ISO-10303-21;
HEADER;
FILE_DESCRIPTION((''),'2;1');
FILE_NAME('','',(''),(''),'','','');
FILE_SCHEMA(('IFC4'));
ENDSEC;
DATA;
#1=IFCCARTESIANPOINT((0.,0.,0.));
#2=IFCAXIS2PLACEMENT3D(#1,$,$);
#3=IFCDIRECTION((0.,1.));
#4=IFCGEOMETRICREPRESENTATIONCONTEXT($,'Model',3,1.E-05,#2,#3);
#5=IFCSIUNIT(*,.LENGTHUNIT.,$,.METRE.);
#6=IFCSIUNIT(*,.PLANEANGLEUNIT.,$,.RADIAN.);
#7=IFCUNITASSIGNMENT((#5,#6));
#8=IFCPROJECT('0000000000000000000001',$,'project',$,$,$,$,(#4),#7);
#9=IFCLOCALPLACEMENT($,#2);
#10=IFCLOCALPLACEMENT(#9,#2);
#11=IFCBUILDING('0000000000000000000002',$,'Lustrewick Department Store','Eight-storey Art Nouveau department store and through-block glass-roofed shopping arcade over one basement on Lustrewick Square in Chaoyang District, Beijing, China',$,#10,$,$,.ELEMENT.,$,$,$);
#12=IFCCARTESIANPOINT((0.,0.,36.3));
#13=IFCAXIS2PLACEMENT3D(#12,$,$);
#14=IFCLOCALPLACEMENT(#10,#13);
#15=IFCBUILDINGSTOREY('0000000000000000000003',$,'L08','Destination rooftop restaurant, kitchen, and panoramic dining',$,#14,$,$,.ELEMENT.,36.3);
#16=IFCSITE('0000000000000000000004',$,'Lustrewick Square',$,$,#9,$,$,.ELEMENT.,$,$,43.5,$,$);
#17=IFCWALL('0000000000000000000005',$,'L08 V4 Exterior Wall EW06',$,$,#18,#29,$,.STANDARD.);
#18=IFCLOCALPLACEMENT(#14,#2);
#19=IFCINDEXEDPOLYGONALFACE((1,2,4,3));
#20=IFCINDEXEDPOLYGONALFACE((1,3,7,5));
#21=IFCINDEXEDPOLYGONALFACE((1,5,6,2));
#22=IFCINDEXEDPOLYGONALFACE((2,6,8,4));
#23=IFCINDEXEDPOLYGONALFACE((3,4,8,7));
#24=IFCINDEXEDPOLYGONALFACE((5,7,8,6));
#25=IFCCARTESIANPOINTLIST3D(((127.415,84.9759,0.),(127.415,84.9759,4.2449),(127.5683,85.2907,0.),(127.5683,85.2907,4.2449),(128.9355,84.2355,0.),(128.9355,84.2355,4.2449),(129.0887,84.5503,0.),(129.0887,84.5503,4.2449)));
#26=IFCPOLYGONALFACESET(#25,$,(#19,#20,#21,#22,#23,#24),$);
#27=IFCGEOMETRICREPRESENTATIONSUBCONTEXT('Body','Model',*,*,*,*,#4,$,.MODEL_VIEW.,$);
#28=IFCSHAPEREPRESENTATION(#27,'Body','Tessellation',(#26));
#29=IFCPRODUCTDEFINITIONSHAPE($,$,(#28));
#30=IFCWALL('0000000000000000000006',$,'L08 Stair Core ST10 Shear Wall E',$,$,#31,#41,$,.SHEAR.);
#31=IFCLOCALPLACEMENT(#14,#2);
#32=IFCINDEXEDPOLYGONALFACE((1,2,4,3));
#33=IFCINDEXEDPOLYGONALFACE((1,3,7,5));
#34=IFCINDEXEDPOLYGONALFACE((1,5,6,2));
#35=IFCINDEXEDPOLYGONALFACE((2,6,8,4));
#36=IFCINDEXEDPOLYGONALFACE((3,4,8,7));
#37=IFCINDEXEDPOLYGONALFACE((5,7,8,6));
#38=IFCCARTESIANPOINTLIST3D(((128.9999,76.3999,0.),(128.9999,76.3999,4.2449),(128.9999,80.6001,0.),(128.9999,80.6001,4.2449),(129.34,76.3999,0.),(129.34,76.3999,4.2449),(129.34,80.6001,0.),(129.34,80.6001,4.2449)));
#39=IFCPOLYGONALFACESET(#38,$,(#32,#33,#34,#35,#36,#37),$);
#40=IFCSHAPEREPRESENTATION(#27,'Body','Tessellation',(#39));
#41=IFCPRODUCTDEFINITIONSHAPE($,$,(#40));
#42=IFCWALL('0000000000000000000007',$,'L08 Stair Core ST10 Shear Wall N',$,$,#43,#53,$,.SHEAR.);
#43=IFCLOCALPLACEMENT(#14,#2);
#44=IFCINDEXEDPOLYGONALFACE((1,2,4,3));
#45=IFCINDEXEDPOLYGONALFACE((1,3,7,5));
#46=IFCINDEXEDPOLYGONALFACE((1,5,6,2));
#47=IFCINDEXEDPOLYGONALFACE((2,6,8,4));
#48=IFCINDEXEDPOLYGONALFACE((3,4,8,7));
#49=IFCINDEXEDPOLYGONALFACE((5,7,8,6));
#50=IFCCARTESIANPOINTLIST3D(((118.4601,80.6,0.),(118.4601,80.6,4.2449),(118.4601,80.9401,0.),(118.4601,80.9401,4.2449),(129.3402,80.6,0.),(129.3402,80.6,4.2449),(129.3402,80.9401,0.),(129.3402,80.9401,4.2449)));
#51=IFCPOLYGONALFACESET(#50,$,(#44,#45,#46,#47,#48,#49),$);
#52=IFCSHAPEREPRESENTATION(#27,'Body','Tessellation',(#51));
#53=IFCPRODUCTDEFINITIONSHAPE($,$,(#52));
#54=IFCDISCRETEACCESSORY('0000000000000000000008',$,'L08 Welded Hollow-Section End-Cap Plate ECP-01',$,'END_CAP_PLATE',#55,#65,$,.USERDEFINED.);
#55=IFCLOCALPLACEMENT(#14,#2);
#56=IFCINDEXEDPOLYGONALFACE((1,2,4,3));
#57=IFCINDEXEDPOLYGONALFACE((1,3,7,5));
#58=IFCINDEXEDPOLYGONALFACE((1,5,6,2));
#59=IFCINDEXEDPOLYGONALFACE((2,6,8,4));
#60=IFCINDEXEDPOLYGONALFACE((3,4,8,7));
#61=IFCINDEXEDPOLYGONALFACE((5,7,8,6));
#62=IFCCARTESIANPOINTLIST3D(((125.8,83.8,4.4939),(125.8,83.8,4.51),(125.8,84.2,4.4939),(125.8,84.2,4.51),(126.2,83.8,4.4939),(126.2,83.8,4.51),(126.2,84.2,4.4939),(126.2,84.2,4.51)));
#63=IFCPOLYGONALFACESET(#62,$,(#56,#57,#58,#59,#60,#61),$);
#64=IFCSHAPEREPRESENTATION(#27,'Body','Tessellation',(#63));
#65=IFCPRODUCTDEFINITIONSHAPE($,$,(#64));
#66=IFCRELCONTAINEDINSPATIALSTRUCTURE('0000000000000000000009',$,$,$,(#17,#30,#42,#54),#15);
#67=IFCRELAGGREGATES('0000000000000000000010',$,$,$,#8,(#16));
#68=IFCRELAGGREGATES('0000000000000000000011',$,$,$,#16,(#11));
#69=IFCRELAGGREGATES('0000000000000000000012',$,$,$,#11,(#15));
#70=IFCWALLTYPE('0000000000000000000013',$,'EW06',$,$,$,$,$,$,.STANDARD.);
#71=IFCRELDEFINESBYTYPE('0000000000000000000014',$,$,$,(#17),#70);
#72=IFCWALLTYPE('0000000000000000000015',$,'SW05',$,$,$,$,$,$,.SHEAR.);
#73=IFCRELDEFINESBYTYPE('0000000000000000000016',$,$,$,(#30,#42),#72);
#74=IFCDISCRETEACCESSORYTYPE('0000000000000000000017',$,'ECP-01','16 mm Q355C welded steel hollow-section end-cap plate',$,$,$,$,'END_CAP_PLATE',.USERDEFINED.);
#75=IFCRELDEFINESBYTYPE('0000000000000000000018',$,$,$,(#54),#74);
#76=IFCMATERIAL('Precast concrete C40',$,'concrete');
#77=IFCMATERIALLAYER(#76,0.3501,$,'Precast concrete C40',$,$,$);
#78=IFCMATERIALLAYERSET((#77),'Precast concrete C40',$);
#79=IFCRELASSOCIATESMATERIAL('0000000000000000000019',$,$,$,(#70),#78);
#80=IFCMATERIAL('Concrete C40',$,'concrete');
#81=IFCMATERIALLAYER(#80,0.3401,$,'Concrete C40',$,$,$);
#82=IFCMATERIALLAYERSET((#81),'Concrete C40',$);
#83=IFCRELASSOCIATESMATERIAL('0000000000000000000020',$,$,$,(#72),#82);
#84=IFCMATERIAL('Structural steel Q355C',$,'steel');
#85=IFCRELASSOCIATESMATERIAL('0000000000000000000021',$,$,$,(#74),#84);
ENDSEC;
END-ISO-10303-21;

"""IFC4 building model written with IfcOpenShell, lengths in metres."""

from ifc_helpers import new_model, si_unit, direction, frame, frame_2d, origin, origin_2d, place, context, subcontext, project, spatial, rectangle, extrude, material, layer, layer_set, type_object, element, save


model = new_model("IFC4")

# Units and contexts
model_context = context("Model", 3, precision=1e-05, world=origin(), true_north=direction((0.0, 1.0)))
body_context = subcontext(model_context, "Body", "Model", "MODEL_VIEW")
ifc_project = project(units=[si_unit("LENGTHUNIT", "METRE"), si_unit("PLANEANGLEUNIT", "RADIAN")], contexts=[model_context])

# Site, building, storey
site_placement = place(None, origin())
site = spatial("IfcSite", under=ifc_project, at=site_placement, Name="Lustrewick Square", CompositionType="ELEMENT", RefElevation=43.5)
building_placement = place(site_placement, origin())
building = spatial("IfcBuilding", under=site, at=building_placement, Name="Lustrewick Department Store", Description="Eight-storey Art Nouveau department store and through-block glass-roofed shopping arcade over one basement on Lustrewick Square in Chaoyang District, Beijing, China", CompositionType="ELEMENT")
storey_placement = place(building_placement, frame((0.0, 0.0, 36.3)))
storey = spatial("IfcBuildingStorey", under=building, at=storey_placement, Name="L08", Description="Destination rooftop restaurant, kitchen, and panoramic dining", CompositionType="ELEMENT", Elevation=36.3)

# Walls
ifc_material_1 = material(Name="Precast concrete C40", Category="concrete")
ifc_layer_1 = layer(ifc_material_1, 0.3501, Name="Precast concrete C40")
ifc_layer_set_1 = layer_set([ifc_layer_1], Name="Precast concrete C40")
wall_type_1 = type_object("IfcWallType", Name="EW06", PredefinedType="STANDARD", material=ifc_layer_set_1)
wall_1_placement = place(storey_placement, frame((129.0122, 84.3928, 0.0), z_axis=(0.0, 0.0, 1.0), x_axis=(-0.899055, 0.437835, 0.0)))
element("IfcWall", 1, at=wall_1_placement, inside=storey, type_object=wall_type_1, Name="L08 V4 Exterior Wall EW06", PredefinedType="STANDARD", context=body_context, shape_type="SweptSolid", body=[
    extrude(rectangle(XDim=1.6912, YDim=0.3501, at=frame_2d((0.8457, 0.0))), origin(), (0.0, 0.0, 1.0), 4.2449),
])
ifc_material_2 = material(Name="Concrete C40", Category="concrete")
ifc_layer_2 = layer(ifc_material_2, 0.3401, Name="Concrete C40")
ifc_layer_set_2 = layer_set([ifc_layer_2], Name="Concrete C40")
wall_type_2 = type_object("IfcWallType", Name="SW05", PredefinedType="SHEAR", material=ifc_layer_set_2)
wall_2_placement = place(storey_placement, frame((129.1699, 76.3999, 0.0), z_axis=(0.0, 0.0, 1.0), x_axis=(0.0, 1.0, 0.0)))
element("IfcWall", 2, at=wall_2_placement, inside=storey, type_object=wall_type_2, Name="L08 Stair Core ST10 Shear Wall E", PredefinedType="SHEAR", context=body_context, shape_type="SweptSolid", body=[
    extrude(rectangle(XDim=4.2002, YDim=0.3401, at=frame_2d((2.1001, 0.0))), origin(), (0.0, 0.0, 1.0), 4.2449),
])
wall_3_placement = place(storey_placement, frame((129.3401, 80.77, 0.0), z_axis=(0.0, 0.0, 1.0), x_axis=(-1.0, 0.0, 0.0)))
element("IfcWall", 3, at=wall_3_placement, inside=storey, type_object=wall_type_2, Name="L08 Stair Core ST10 Shear Wall N", PredefinedType="SHEAR", context=body_context, shape_type="SweptSolid", body=[
    extrude(rectangle(XDim=10.8801, YDim=0.3401, at=frame_2d((5.4399, 0.0))), origin(), (0.0, 0.0, 1.0), 4.2449),
])

# Discrete accessory
ifc_material_3 = material(Name="Structural steel Q355C", Category="steel")
discrete_accessory_type = type_object("IfcDiscreteAccessoryType", Name="ECP-01", Description="16 mm Q355C welded steel hollow-section end-cap plate", ElementType="END_CAP_PLATE", PredefinedType="USERDEFINED", material=ifc_material_3)
discrete_accessory_placement = place(storey_placement, frame((126.0, 84.0, 4.4939), z_axis=(0.0, 0.0, 1.0), x_axis=(1.0, 0.0, 0.0)))
element("IfcDiscreteAccessory", 4, at=discrete_accessory_placement, inside=storey, type_object=discrete_accessory_type, Name="L08 Welded Hollow-Section End-Cap Plate ECP-01", ObjectType="END_CAP_PLATE", PredefinedType="USERDEFINED", context=body_context, shape_type="SweptSolid", body=[
    extrude(rectangle(XDim=0.3999, YDim=0.3999, at=origin_2d()), origin(), (0.0, 0.0, 1.0), 0.0161),
])

save(model, "model.ifc")
